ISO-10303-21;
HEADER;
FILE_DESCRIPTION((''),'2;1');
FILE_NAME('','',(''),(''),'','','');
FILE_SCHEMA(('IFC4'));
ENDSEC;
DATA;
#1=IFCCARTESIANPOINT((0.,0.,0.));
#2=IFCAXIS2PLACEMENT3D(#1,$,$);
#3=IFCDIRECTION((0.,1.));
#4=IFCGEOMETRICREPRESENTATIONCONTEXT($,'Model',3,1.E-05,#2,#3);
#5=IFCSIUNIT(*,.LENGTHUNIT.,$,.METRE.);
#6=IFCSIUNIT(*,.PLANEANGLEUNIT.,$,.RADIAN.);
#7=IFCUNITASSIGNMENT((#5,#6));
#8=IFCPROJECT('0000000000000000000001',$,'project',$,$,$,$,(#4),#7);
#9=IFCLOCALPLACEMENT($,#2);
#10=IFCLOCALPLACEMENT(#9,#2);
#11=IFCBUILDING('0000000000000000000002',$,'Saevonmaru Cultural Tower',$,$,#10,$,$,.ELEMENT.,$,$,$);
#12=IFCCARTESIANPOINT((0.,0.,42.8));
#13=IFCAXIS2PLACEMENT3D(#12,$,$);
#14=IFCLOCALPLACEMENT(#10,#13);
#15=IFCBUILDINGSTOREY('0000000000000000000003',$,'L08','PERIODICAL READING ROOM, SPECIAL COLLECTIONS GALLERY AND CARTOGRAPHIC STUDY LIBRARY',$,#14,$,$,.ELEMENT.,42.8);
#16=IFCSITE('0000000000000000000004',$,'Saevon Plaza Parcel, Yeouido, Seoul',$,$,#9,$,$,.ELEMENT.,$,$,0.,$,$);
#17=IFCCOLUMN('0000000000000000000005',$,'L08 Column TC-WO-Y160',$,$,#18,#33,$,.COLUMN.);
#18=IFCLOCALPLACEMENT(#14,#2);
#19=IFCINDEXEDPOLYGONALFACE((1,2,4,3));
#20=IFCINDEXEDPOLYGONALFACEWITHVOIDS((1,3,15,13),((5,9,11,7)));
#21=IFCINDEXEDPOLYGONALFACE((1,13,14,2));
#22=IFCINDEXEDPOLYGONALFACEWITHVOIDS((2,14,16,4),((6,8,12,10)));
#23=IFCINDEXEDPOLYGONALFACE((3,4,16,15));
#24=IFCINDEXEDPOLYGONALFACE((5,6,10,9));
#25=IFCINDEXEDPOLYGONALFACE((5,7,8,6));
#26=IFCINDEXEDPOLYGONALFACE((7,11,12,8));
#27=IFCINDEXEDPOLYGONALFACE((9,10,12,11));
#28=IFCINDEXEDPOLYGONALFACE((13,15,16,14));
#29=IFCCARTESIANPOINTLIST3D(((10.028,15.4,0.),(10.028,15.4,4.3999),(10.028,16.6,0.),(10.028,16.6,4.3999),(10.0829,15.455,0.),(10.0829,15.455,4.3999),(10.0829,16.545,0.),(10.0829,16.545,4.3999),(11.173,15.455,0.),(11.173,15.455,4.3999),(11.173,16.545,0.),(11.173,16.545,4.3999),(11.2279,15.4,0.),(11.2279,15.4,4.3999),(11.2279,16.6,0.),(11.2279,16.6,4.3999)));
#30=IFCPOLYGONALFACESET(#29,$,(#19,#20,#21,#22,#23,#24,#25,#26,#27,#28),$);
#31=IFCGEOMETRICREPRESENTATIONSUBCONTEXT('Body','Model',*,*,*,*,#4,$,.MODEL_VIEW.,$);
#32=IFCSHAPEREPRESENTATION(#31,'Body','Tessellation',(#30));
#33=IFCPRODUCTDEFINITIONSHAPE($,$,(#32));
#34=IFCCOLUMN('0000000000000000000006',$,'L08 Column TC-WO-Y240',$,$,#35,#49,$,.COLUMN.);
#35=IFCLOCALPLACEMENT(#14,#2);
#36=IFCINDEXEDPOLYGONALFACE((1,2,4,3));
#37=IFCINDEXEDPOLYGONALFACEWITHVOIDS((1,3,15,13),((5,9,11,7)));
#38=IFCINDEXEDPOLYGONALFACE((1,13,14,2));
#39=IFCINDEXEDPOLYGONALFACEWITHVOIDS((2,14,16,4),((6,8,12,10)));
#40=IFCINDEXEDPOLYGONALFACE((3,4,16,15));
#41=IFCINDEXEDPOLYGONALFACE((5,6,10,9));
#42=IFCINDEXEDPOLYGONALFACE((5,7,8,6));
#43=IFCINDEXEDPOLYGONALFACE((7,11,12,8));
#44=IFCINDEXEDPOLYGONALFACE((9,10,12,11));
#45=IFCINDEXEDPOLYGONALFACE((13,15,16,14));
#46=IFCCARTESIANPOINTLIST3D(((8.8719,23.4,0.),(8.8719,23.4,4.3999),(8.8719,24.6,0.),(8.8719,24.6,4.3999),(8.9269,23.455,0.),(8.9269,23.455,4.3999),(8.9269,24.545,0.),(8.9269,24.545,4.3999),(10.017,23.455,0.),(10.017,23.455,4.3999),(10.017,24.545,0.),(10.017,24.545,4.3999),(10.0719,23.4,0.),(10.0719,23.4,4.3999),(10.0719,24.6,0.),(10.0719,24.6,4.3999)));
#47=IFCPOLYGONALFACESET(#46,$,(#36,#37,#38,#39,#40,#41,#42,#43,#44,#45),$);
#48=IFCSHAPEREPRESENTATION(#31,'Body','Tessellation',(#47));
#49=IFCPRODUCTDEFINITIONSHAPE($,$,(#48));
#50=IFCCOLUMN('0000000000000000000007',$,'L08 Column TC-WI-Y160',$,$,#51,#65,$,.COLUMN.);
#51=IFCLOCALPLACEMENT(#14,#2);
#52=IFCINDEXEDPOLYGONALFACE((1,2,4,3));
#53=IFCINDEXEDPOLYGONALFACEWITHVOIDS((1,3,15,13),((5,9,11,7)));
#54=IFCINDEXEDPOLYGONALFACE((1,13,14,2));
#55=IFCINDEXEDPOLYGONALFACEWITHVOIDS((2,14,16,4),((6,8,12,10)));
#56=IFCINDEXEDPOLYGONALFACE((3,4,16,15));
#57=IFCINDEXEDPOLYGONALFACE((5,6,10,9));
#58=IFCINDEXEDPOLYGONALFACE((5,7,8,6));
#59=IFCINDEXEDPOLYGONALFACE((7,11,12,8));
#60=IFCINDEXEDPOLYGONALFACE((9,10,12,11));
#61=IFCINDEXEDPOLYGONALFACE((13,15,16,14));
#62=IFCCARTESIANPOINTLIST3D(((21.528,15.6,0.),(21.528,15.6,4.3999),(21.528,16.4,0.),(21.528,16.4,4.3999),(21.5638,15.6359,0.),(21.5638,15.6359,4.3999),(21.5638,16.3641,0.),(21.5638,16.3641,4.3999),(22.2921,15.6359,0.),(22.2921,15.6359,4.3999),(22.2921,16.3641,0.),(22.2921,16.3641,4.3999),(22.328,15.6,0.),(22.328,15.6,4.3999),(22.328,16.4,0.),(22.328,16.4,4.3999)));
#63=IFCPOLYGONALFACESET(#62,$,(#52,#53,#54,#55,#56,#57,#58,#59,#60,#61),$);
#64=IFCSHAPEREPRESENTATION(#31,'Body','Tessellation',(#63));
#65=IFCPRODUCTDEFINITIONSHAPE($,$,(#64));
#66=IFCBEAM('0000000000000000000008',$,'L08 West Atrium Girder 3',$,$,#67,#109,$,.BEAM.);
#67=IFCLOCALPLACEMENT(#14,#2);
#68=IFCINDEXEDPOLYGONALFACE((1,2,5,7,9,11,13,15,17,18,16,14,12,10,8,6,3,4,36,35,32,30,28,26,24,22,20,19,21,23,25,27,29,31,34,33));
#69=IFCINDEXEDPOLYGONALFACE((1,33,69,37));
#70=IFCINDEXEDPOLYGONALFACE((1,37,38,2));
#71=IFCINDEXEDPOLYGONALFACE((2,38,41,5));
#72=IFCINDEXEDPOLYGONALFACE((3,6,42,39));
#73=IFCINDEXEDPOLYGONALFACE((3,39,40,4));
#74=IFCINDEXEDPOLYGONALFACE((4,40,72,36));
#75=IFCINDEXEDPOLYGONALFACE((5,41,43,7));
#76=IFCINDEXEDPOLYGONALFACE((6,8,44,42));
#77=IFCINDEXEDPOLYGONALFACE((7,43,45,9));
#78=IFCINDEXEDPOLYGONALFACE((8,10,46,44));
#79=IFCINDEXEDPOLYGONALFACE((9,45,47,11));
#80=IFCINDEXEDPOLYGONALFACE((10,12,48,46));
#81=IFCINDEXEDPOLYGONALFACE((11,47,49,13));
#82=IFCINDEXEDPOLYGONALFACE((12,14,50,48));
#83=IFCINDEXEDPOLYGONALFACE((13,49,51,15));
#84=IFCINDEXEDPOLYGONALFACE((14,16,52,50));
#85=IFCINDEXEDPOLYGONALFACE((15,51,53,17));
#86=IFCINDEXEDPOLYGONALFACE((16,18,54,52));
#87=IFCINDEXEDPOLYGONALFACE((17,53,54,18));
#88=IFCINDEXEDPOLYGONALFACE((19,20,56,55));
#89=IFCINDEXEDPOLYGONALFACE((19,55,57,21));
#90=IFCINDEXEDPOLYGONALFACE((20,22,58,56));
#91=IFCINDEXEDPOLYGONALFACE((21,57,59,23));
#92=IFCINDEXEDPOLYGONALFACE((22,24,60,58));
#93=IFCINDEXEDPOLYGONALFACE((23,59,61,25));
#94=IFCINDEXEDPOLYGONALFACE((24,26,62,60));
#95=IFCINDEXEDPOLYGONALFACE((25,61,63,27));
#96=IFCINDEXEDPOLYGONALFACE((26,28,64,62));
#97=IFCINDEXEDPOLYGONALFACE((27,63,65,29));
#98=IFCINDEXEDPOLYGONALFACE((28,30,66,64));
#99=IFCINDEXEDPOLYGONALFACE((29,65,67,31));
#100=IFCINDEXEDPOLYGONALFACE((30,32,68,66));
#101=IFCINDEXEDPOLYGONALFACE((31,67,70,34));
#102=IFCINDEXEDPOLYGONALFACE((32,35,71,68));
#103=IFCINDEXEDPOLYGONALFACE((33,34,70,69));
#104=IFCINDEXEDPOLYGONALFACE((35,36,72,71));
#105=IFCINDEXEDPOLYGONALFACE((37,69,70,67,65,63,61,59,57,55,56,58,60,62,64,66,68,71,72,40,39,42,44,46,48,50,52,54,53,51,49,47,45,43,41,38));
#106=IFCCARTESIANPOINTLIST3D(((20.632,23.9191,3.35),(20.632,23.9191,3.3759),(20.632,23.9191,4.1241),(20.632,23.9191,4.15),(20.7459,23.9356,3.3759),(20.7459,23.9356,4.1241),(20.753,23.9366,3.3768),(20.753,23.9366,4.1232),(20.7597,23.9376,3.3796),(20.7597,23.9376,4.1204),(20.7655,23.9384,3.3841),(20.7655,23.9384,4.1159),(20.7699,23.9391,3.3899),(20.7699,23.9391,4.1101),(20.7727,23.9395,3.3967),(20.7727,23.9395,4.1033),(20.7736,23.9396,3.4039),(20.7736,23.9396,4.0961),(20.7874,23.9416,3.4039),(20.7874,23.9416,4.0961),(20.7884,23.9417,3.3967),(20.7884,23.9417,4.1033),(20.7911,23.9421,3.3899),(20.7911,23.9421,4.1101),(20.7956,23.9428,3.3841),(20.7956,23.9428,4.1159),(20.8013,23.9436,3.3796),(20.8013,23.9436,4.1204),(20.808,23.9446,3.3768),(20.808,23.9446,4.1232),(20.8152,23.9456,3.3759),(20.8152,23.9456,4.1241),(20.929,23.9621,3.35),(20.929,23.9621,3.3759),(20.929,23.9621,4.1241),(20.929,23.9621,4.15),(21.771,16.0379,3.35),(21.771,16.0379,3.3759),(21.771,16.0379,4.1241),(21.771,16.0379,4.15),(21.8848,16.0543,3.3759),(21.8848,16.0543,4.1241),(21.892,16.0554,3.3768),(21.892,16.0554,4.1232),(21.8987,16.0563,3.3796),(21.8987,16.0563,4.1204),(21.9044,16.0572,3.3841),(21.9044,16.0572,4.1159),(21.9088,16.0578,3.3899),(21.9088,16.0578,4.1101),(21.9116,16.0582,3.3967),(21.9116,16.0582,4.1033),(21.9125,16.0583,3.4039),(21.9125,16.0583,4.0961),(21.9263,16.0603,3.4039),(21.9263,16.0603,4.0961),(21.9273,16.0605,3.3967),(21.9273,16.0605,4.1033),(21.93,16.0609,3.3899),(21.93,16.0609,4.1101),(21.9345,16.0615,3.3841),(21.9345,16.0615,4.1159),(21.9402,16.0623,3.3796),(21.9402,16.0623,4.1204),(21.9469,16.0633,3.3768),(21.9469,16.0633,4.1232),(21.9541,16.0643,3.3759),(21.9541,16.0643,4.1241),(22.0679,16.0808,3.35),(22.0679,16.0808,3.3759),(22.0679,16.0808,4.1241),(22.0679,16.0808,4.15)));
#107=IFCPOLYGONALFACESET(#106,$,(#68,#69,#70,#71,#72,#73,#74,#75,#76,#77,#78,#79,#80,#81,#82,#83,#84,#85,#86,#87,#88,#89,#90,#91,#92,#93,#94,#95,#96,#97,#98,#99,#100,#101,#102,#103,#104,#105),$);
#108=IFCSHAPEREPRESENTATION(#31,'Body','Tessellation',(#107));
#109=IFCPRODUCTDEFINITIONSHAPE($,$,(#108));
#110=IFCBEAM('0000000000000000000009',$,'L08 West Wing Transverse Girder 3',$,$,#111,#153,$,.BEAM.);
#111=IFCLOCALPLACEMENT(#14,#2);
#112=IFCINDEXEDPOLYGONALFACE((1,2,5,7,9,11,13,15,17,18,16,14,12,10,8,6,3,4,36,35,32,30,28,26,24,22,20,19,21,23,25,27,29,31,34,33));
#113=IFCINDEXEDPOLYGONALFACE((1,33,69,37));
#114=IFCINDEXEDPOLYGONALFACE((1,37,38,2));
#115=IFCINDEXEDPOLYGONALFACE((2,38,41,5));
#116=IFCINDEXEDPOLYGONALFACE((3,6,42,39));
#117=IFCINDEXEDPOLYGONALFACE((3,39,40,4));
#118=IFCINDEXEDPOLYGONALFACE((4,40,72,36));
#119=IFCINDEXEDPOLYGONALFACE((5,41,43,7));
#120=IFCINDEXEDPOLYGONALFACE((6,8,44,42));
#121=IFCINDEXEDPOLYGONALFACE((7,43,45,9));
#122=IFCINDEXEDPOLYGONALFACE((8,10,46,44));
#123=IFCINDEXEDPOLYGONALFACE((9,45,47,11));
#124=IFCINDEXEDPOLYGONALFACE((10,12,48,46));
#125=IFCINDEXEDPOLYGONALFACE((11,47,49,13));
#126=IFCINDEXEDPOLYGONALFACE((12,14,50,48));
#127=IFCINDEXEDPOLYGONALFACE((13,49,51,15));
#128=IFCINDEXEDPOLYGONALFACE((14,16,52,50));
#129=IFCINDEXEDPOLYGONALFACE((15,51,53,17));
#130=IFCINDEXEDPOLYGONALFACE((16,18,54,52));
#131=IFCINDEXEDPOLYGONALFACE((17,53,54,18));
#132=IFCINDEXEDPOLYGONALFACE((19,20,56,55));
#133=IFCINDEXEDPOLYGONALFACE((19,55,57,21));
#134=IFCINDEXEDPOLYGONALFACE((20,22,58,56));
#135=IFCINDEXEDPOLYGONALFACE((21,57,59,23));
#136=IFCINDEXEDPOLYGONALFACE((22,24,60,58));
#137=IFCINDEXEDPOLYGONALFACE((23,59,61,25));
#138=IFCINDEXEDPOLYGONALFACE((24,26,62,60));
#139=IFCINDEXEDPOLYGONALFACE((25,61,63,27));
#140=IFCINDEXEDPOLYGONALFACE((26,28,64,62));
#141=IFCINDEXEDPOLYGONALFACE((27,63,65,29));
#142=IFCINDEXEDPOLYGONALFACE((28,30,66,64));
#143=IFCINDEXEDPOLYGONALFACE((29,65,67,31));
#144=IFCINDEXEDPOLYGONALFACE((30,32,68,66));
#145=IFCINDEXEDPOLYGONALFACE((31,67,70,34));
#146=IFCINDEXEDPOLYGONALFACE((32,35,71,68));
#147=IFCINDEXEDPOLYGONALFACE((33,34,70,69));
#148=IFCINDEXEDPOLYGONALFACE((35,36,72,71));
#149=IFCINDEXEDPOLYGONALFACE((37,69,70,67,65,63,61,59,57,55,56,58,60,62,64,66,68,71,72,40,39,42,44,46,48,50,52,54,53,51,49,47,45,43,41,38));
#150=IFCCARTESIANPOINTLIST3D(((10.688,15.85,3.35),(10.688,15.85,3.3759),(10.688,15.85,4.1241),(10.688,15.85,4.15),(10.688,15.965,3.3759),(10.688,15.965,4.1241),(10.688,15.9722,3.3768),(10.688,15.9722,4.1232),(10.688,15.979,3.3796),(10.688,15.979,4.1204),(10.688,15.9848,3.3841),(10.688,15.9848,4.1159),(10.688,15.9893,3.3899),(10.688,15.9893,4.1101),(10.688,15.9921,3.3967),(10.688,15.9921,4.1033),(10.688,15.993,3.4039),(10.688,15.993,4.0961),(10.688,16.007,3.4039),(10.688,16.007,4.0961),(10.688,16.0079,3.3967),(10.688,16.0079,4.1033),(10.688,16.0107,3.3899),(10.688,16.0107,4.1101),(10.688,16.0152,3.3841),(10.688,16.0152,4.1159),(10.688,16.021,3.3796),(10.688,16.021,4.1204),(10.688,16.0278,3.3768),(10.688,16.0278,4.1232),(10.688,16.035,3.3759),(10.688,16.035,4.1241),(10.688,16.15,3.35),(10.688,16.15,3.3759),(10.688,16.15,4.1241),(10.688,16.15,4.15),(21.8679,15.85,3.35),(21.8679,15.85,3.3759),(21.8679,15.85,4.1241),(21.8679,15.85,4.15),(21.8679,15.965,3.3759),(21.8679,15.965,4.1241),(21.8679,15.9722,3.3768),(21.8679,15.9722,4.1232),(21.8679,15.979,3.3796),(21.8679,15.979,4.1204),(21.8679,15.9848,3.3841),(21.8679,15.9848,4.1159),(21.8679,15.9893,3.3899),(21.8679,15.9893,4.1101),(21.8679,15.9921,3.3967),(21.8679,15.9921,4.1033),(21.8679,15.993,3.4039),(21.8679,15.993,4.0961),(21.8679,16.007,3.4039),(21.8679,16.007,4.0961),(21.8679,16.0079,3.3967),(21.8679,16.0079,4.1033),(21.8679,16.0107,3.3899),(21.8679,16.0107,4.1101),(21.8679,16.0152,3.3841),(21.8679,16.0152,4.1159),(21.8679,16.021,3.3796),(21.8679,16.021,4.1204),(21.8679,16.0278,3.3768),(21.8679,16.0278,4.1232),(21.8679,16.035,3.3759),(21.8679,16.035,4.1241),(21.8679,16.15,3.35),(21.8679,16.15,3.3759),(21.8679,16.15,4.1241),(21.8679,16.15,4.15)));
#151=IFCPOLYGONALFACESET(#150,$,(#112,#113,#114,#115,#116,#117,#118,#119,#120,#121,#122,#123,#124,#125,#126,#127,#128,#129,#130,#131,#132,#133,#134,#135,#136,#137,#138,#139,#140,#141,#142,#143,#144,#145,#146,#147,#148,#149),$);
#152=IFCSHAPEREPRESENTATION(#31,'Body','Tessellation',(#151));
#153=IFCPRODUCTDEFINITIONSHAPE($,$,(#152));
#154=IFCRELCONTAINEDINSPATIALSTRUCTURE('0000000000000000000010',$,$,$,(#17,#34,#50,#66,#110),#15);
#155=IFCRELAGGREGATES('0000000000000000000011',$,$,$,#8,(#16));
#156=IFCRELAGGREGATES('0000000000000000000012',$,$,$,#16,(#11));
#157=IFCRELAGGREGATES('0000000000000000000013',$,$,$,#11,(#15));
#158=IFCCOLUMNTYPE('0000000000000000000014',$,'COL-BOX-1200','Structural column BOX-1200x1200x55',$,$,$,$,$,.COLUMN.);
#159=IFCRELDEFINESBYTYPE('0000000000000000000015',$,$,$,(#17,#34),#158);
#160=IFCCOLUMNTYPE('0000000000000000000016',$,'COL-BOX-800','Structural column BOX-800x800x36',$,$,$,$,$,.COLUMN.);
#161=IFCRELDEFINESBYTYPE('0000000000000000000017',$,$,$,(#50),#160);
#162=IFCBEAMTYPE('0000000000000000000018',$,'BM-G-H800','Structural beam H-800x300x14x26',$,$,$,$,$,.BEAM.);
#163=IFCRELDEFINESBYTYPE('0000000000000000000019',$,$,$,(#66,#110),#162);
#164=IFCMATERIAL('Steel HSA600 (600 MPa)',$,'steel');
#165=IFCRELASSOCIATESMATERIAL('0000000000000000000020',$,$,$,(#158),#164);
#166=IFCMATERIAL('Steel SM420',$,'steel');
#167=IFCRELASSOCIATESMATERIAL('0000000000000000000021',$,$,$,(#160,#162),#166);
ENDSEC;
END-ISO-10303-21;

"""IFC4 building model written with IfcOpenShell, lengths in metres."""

from ifc_helpers import new_model, si_unit, direction, frame, origin, origin_2d, place, context, subcontext, project, spatial, hollow_rectangle, i_section, extrude, material, material_profile, profile_set, type_object, element, save


model = new_model("IFC4")

# Units and contexts
model_context = context("Model", 3, precision=1e-05, world=origin(), true_north=direction((0.0, 1.0)))
body_context = subcontext(model_context, "Body", "Model", "MODEL_VIEW")
ifc_project = project(units=[si_unit("LENGTHUNIT", "METRE"), si_unit("PLANEANGLEUNIT", "RADIAN")], contexts=[model_context])

# Site, building, storey
site_placement = place(None, origin())
site = spatial("IfcSite", under=ifc_project, at=site_placement, Name="Saevon Plaza Parcel, Yeouido, Seoul", CompositionType="ELEMENT", RefElevation=0.0)
building_placement = place(site_placement, origin())
building = spatial("IfcBuilding", under=site, at=building_placement, Name="Saevonmaru Cultural Tower", CompositionType="ELEMENT")
storey_placement = place(building_placement, frame((0.0, 0.0, 42.8)))
storey = spatial("IfcBuildingStorey", under=building, at=storey_placement, Name="L08", Description="PERIODICAL READING ROOM, SPECIAL COLLECTIONS GALLERY AND CARTOGRAPHIC STUDY LIBRARY", CompositionType="ELEMENT", Elevation=42.8)

# Columns
ifc_material_1 = material(Name="Steel HSA600 (600 MPa)", Category="steel")
ifc_material_profile_1 = material_profile(ifc_material_1, hollow_rectangle(XDim=1.2, YDim=1.2, WallThickness=0.0549, at=origin_2d()), Name="BOX-1200x1200x55")
ifc_profile_set_1 = profile_set([ifc_material_profile_1], Name="Steel HSA600 (600 MPa)")
column_type_1 = type_object("IfcColumnType", Name="COL-BOX-1200", Description="Structural column BOX-1200x1200x55", PredefinedType="COLUMN", material=ifc_profile_set_1)
for number, where, z_axis, x_axis, name in (
    (1, (10.6279, 16.0, 0.0), (0.0, 0.0, 1.0), (1.0, 0.0, 0.0), "L08 Column TC-WO-Y160"),
    (2, (9.4719, 24.0, 0.0), (0.0, 0.0, 1.0), (1.0, 0.0, 0.0), "L08 Column TC-WO-Y240"),
):
    element("IfcColumn", number, at=place(storey_placement, frame(where, z_axis=z_axis, x_axis=x_axis)), inside=storey, type_object=column_type_1, Name=name, PredefinedType="COLUMN", context=body_context, shape_type="SweptSolid", body=[
        extrude(hollow_rectangle(XDim=1.2, YDim=1.2, WallThickness=0.0549, at=origin_2d()), origin(), (0.0, 0.0, 1.0), 4.3999),
    ])
ifc_material_2 = material(Name="Steel SM420", Category="steel")
ifc_material_profile_2 = material_profile(ifc_material_2, hollow_rectangle(XDim=0.8, YDim=0.8, WallThickness=0.0359, at=origin_2d()), Name="BOX-800x800x36")
ifc_profile_set_2 = profile_set([ifc_material_profile_2], Name="Steel SM420")
column_type_2 = type_object("IfcColumnType", Name="COL-BOX-800", Description="Structural column BOX-800x800x36", PredefinedType="COLUMN", material=ifc_profile_set_2)
column_placement = place(storey_placement, frame((21.928, 16.0, 0.0), z_axis=(0.0, 0.0, 1.0), x_axis=(1.0, 0.0, 0.0)))
element("IfcColumn", 3, at=column_placement, inside=storey, type_object=column_type_2, Name="L08 Column TC-WI-Y160", PredefinedType="COLUMN", context=body_context, shape_type="SweptSolid", body=[
    extrude(hollow_rectangle(XDim=0.8, YDim=0.8, WallThickness=0.0359, at=origin_2d()), origin(), (0.0, 0.0, 1.0), 4.3999),
])

# Beams
ifc_material_profile_3 = material_profile(ifc_material_2, i_section(OverallWidth=0.3, OverallDepth=0.8, WebThickness=0.0139, FlangeThickness=0.0259, FilletRadius=0.0281, at=origin_2d()), Name="H-800x300x14x26")
ifc_profile_set_3 = profile_set([ifc_material_profile_3], Name="Steel SM420")
beam_type_1 = type_object("IfcBeamType", Name="BM-G-H800", Description="Structural beam H-800x300x14x26", PredefinedType="BEAM", material=ifc_profile_set_3)
beam_1_placement = place(storey_placement, frame((21.9194, 16.0593, 3.75), z_axis=(-0.143022, 0.989719, 0.0), x_axis=(-0.989719, -0.143022, 0.0)))
element("IfcBeam", 4, at=beam_1_placement, inside=storey, type_object=beam_type_1, Name="L08 West Atrium Girder 3", PredefinedType="BEAM", context=body_context, shape_type="SweptSolid", body=[
    extrude(i_section(OverallWidth=0.3, OverallDepth=0.8, WebThickness=0.0139, FlangeThickness=0.0259, FilletRadius=0.0281, at=origin_2d()), origin(), (0.0, 0.0, 1.0), 7.9631),
])
beam_2_placement = place(storey_placement, frame((10.688, 16.0, 3.75), z_axis=(1.0, 0.0, 0.0), x_axis=(0.0, 1.0, 0.0)))
element("IfcBeam", 5, at=beam_2_placement, inside=storey, type_object=beam_type_1, Name="L08 West Wing Transverse Girder 3", PredefinedType="BEAM", context=body_context, shape_type="SweptSolid", body=[
    extrude(i_section(OverallWidth=0.3, OverallDepth=0.8, WebThickness=0.0139, FlangeThickness=0.0259, FilletRadius=0.0281, at=origin_2d()), origin(), (0.0, 0.0, 1.0), 11.1799),
])

save(model, "model.ifc")
